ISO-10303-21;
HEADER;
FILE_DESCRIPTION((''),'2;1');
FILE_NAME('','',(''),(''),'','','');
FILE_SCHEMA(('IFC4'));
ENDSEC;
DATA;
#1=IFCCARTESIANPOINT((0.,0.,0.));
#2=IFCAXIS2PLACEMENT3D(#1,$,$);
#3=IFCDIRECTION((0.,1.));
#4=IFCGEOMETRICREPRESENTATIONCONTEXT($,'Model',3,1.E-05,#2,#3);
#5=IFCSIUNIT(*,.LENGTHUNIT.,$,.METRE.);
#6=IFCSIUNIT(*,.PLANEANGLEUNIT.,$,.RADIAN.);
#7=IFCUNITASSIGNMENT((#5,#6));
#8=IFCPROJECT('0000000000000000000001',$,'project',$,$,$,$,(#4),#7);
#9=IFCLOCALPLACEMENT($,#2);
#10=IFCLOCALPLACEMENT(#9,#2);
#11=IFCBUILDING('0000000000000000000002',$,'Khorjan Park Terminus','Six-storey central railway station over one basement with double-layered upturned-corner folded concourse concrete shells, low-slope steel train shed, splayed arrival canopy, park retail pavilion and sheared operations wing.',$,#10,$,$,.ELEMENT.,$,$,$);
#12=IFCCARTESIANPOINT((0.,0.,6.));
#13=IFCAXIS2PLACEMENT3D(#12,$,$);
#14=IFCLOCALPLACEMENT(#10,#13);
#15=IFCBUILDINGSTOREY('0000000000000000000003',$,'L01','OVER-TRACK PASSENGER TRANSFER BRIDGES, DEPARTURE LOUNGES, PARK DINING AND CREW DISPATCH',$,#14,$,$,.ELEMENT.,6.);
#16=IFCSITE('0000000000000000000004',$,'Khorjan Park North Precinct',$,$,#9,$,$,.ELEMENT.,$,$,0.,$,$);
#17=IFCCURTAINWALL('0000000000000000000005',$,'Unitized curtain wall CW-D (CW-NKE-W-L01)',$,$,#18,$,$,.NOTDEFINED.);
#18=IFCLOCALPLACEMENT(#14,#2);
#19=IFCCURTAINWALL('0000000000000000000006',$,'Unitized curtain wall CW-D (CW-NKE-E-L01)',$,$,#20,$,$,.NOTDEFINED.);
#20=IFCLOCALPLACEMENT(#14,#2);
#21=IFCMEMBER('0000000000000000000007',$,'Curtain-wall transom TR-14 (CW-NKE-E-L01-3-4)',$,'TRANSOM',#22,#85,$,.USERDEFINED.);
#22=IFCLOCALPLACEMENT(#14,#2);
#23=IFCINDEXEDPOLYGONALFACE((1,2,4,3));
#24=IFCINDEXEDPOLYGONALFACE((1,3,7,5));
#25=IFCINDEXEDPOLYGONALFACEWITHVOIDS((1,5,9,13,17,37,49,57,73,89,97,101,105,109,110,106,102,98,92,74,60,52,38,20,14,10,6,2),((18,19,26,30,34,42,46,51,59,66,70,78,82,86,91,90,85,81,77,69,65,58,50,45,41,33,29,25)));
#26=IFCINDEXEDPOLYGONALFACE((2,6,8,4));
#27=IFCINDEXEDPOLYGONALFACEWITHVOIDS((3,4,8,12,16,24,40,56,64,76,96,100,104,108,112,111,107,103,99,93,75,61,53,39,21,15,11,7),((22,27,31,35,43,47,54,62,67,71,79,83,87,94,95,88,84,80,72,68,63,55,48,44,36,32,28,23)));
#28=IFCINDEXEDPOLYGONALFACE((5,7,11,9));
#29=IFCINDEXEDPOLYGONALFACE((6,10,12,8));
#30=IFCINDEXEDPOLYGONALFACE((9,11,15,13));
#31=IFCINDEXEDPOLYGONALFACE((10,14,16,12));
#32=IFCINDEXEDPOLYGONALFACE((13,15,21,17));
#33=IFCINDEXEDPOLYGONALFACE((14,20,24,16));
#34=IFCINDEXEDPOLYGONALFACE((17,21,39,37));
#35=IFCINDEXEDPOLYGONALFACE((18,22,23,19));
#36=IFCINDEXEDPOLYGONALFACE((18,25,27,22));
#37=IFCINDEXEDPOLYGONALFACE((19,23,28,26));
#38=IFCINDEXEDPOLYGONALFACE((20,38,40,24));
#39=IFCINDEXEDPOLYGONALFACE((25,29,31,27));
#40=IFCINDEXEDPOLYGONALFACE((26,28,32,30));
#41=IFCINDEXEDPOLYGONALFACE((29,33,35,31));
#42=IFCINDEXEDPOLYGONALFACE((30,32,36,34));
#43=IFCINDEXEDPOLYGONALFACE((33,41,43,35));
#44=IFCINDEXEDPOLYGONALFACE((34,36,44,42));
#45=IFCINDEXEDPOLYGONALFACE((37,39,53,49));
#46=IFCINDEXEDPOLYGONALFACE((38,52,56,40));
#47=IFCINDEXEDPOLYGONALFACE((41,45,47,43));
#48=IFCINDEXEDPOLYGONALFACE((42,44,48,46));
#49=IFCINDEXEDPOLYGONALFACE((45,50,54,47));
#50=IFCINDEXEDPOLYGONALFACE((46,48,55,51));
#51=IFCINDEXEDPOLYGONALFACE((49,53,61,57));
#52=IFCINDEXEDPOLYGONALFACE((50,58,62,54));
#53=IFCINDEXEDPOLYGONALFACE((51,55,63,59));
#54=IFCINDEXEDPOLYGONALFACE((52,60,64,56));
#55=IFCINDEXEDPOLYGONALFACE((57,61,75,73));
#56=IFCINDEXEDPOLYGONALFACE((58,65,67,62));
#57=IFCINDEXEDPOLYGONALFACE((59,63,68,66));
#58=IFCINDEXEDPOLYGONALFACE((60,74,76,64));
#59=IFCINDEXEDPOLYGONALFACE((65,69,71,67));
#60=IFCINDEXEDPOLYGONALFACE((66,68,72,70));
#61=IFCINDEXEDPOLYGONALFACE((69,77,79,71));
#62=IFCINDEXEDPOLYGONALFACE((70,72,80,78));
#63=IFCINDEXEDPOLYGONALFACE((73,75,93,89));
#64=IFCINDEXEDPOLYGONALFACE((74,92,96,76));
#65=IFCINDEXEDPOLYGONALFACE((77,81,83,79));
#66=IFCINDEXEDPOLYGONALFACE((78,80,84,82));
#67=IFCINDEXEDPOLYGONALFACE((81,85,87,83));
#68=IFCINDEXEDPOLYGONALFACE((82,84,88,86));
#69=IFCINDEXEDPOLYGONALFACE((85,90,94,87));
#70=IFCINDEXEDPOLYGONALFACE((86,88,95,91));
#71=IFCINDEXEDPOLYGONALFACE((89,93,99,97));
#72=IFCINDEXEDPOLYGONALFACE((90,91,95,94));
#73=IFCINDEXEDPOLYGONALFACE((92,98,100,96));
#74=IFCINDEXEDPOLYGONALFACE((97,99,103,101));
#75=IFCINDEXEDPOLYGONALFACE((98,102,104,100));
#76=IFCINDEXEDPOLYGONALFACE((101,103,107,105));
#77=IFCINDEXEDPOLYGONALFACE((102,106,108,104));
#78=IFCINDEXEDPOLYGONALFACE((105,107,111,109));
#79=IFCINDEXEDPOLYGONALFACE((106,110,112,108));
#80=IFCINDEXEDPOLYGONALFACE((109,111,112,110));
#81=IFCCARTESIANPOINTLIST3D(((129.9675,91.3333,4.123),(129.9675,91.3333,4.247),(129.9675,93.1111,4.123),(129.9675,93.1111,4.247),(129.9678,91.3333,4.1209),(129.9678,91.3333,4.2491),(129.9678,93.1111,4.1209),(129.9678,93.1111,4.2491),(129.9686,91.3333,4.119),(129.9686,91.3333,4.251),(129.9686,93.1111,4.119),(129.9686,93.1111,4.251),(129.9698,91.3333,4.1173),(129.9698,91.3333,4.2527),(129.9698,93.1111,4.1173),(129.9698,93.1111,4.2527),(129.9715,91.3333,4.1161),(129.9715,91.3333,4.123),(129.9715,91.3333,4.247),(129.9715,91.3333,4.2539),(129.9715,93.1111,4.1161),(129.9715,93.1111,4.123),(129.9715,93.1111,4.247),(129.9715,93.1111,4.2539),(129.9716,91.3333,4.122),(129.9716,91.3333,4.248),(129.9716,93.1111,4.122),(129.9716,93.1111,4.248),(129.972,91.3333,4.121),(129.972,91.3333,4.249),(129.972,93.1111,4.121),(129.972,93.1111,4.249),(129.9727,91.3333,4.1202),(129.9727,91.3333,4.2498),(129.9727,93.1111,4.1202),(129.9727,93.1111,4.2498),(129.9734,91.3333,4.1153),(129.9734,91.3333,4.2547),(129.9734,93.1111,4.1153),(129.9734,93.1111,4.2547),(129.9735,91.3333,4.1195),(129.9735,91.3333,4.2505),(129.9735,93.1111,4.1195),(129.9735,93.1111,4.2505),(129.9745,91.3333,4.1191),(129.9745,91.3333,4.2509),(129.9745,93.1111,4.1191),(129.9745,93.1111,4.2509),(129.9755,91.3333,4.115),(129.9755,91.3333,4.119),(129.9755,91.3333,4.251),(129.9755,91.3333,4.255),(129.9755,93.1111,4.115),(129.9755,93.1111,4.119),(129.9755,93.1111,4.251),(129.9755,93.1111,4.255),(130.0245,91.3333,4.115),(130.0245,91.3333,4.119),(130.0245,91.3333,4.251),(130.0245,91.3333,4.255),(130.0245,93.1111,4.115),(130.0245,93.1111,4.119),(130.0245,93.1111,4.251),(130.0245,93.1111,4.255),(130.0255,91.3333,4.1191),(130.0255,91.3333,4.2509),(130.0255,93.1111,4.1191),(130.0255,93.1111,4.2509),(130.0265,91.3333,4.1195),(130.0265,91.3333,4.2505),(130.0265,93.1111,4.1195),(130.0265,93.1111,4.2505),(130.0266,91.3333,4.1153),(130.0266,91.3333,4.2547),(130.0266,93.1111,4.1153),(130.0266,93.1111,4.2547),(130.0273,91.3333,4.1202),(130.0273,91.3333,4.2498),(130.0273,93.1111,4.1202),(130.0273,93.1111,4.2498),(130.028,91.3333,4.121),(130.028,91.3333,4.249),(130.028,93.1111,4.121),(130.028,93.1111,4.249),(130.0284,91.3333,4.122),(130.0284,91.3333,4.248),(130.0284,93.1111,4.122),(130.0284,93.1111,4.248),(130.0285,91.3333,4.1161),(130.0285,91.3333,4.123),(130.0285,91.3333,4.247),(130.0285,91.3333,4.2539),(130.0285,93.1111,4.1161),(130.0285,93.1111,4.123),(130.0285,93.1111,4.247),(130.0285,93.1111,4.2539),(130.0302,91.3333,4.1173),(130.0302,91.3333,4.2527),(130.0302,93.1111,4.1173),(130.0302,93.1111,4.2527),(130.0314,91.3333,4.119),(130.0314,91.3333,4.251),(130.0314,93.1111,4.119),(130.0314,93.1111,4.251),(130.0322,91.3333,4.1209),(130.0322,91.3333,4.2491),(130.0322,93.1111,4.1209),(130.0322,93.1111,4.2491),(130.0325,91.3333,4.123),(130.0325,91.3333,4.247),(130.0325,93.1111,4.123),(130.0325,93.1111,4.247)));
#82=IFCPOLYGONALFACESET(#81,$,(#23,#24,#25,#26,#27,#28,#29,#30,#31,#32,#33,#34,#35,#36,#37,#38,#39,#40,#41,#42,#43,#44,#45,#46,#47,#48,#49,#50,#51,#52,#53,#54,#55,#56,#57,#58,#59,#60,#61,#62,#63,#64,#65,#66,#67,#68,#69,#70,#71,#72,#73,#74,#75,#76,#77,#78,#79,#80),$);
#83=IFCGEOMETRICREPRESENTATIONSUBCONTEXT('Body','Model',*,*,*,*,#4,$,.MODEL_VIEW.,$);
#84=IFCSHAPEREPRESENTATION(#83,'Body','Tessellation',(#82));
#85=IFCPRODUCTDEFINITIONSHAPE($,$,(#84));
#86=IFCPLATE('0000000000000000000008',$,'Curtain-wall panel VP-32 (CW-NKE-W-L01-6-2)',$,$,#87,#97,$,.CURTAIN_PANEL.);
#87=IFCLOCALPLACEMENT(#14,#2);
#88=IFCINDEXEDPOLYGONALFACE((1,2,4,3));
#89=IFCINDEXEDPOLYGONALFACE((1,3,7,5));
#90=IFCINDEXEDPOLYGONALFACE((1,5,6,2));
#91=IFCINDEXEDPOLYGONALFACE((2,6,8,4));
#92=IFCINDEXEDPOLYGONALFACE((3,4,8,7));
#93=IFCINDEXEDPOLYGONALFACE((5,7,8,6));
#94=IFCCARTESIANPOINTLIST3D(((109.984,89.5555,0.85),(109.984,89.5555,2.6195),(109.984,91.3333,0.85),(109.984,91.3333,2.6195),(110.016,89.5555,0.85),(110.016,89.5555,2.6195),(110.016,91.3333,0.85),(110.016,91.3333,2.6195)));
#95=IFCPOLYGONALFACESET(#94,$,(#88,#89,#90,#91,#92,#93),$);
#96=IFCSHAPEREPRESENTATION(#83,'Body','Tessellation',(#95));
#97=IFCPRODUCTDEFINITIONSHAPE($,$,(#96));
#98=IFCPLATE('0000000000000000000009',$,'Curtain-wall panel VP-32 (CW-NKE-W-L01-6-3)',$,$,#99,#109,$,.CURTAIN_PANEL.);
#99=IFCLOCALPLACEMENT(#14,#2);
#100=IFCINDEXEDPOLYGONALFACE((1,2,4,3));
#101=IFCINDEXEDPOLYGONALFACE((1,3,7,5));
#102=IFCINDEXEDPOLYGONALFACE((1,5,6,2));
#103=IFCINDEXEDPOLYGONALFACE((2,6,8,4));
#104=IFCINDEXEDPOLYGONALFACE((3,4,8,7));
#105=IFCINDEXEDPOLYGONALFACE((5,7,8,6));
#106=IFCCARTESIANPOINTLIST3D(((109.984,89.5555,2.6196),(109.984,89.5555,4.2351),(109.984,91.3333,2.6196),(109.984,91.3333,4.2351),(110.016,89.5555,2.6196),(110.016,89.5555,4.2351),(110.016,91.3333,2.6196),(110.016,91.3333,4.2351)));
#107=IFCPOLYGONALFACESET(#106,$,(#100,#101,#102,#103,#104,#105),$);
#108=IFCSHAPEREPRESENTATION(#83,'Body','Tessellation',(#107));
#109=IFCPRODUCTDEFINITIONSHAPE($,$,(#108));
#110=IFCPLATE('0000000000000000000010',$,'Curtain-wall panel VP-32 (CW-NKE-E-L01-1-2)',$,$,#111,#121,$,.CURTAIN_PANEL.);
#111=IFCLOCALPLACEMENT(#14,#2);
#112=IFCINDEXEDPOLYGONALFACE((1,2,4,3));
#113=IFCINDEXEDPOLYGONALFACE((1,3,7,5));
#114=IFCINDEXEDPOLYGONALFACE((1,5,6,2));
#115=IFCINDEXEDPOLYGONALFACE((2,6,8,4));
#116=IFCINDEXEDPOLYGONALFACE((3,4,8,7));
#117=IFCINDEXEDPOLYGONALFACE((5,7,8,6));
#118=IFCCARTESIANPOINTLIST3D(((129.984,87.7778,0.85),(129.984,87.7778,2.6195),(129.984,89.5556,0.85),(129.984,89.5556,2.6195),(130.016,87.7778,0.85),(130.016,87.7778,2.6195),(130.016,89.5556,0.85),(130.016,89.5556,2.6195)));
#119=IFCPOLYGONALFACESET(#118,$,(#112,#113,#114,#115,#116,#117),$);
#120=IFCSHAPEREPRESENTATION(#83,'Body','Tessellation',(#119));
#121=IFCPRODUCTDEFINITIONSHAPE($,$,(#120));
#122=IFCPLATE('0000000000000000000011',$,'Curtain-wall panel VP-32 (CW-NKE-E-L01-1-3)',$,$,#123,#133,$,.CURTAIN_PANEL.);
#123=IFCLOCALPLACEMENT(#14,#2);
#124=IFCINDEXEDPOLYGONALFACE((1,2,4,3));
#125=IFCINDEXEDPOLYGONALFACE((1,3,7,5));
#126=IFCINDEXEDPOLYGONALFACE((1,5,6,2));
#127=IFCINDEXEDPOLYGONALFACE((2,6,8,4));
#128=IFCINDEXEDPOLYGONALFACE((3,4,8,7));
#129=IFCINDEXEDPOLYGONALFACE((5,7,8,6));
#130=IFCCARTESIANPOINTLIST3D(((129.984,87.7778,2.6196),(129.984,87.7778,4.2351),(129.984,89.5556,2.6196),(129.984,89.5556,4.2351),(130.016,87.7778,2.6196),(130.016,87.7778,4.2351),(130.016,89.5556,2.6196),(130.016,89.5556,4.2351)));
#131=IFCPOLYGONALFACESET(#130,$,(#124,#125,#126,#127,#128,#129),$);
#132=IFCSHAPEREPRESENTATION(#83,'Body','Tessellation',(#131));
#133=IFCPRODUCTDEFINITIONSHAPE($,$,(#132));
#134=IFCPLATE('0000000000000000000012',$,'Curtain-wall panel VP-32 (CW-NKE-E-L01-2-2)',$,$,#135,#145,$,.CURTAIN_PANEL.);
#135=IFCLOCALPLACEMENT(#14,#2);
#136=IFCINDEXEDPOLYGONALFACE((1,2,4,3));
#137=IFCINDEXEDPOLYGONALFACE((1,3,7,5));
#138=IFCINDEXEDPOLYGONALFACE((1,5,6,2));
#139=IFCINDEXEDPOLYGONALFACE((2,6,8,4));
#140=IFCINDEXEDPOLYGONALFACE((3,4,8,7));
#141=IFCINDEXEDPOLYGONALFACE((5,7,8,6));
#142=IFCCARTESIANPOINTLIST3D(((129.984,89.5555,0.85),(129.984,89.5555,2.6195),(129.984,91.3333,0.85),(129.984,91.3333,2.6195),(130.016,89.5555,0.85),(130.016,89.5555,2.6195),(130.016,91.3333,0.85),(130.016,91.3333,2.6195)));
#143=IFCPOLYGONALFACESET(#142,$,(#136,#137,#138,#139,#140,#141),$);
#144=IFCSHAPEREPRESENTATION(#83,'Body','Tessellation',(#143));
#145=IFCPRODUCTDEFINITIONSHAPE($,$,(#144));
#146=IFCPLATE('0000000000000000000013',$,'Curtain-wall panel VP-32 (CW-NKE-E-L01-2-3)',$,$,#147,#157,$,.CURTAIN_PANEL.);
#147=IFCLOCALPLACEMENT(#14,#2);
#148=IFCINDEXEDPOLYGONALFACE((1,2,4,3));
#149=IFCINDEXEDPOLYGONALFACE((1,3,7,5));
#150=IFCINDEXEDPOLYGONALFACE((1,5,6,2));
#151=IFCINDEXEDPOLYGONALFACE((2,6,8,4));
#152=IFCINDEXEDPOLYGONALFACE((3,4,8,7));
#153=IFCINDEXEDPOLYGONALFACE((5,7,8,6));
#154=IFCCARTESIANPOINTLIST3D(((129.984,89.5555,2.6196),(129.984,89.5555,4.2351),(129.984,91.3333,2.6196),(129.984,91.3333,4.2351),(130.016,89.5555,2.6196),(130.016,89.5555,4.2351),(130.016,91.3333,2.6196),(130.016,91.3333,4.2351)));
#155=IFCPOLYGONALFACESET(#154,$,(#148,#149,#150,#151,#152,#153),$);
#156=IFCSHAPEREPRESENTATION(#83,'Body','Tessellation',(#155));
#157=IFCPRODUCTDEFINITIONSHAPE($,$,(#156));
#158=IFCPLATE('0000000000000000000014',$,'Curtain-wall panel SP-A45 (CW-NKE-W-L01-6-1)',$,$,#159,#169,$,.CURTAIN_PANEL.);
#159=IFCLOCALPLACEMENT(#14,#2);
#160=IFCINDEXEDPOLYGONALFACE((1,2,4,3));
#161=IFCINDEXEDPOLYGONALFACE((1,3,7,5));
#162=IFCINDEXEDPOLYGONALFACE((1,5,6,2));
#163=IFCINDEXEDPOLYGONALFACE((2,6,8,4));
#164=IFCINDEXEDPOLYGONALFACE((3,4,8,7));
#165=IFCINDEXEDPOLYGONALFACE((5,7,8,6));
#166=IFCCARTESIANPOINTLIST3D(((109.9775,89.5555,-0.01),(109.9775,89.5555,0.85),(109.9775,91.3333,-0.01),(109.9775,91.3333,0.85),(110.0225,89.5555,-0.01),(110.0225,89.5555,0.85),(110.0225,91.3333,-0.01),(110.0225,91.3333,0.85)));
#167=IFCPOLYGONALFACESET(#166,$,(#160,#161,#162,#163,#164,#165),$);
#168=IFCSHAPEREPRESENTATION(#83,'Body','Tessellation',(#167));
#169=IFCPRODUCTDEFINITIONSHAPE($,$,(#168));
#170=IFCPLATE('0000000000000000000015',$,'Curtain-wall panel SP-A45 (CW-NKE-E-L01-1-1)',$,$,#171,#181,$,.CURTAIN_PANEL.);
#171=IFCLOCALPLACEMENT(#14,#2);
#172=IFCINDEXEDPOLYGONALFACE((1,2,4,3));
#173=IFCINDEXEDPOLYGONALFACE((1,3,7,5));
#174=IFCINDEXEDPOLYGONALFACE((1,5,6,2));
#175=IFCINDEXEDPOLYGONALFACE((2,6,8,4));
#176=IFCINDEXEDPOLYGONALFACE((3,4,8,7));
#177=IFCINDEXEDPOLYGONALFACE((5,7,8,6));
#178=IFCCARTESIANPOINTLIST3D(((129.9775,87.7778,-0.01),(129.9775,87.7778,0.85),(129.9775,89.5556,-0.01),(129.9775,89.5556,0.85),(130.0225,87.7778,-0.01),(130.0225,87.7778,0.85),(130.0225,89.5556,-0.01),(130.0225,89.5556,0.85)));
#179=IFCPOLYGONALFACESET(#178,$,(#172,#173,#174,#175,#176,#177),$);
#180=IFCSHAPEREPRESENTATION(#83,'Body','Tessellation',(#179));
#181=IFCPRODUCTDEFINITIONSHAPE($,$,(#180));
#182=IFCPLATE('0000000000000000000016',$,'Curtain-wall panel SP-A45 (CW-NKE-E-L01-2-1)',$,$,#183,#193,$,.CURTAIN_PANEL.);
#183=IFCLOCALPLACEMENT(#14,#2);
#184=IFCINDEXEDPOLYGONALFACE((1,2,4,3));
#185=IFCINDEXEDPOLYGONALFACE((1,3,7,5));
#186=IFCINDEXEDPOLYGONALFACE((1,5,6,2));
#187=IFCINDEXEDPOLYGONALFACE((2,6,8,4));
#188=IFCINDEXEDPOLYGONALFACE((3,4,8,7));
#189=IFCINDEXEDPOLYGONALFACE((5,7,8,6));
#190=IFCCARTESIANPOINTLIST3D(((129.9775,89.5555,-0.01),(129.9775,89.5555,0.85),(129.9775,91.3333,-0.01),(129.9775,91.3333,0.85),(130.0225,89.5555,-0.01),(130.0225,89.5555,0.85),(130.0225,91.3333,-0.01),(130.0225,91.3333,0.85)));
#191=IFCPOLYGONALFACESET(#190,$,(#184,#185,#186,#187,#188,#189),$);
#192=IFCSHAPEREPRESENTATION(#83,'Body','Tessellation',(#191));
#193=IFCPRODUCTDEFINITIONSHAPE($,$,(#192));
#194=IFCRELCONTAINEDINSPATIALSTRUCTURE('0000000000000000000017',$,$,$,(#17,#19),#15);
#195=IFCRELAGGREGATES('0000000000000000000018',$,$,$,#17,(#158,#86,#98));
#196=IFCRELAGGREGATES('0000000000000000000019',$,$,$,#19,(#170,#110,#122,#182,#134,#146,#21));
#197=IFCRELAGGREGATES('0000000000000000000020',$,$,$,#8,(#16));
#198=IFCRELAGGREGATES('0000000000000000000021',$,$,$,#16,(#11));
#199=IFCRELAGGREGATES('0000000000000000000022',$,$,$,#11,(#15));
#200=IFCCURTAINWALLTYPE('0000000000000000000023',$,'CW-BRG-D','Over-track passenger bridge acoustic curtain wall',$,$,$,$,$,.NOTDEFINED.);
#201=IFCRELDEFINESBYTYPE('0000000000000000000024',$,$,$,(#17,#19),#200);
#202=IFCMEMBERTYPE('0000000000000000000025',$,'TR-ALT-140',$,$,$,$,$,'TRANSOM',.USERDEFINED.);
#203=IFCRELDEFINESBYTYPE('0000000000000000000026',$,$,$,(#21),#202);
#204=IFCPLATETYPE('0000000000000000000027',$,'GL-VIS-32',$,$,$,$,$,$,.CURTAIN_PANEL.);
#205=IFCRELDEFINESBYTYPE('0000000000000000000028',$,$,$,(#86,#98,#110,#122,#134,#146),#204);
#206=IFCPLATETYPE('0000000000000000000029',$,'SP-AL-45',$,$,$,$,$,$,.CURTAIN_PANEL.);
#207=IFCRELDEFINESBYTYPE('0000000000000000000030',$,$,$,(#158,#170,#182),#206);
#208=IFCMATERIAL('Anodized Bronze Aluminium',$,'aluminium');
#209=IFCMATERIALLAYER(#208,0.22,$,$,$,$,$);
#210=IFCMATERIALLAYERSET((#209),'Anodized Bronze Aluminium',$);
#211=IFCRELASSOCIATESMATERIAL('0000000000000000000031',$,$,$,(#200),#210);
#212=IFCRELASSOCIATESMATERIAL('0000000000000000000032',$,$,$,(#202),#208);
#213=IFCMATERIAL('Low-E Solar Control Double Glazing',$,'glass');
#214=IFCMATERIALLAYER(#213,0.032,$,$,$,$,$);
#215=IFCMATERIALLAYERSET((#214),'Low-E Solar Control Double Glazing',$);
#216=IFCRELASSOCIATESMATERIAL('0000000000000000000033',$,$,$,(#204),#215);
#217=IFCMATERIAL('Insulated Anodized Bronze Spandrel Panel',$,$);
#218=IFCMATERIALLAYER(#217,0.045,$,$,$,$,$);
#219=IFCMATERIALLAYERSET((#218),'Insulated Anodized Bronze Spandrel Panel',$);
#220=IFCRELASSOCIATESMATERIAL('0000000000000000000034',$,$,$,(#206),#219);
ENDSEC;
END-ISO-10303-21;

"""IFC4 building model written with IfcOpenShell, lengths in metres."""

from ifc_helpers import new_model, si_unit, direction, frame, origin, origin_2d, place, context, subcontext, project, spatial, rectangle, hollow_rectangle, extrude, material, layer, layer_set, material_profile, profile_set, type_object, element, aggregate, save


model = new_model("IFC4")

# Units and contexts
model_context = context("Model", 3, precision=1e-05, world=origin(), true_north=direction((0.0, 1.0)))
body_context = subcontext(model_context, "Body", "Model", "MODEL_VIEW")
ifc_project = project(units=[si_unit("LENGTHUNIT", "METRE"), si_unit("PLANEANGLEUNIT", "RADIAN")], contexts=[model_context])

# Site, building, storey
site_placement = place(None, origin())
site = spatial("IfcSite", under=ifc_project, at=site_placement, Name="Khorjan Park North Precinct", CompositionType="ELEMENT", RefElevation=0.0)
building_placement = place(site_placement, origin())
building = spatial("IfcBuilding", under=site, at=building_placement, Name="Khorjan Park Terminus", Description="Six-storey central railway station over one basement with double-layered upturned-corner folded concourse concrete shells, low-slope steel train shed, splayed arrival canopy, park retail pavilion and sheared operations wing.", CompositionType="ELEMENT")
storey_placement = place(building_placement, frame((0.0, 0.0, 6.0)))
storey = spatial("IfcBuildingStorey", under=building, at=storey_placement, Name="L01", Description="OVER-TRACK PASSENGER TRANSFER BRIDGES, DEPARTURE LOUNGES, PARK DINING AND CREW DISPATCH", CompositionType="ELEMENT", Elevation=6.0)

# Curtain wall
ifc_material_1 = material(Name="Anodized Bronze Aluminium", Category="aluminium")
ifc_layer_1 = layer(ifc_material_1, 0.22)
ifc_layer_set_1 = layer_set([ifc_layer_1], Name="Anodized Bronze Aluminium")
curtain_wall_type = type_object("IfcCurtainWallType", Name="CW-BRG-D", Description="Over-track passenger bridge acoustic curtain wall", PredefinedType="NOTDEFINED", material=ifc_layer_set_1)
curtain_wall_1_placement = place(storey_placement, origin())
curtain_wall_1 = element("IfcCurtainWall", 1, at=curtain_wall_1_placement, inside=storey, type_object=curtain_wall_type, Name="Unitized curtain wall CW-D (CW-NKE-W-L01)", PredefinedType="NOTDEFINED")

# Curtain wall
curtain_wall_2_placement = place(storey_placement, origin())
curtain_wall_2 = element("IfcCurtainWall", 2, at=curtain_wall_2_placement, inside=storey, type_object=curtain_wall_type, Name="Unitized curtain wall CW-D (CW-NKE-E-L01)", PredefinedType="NOTDEFINED")

# Member
ifc_material_profile_1 = material_profile(ifc_material_1, hollow_rectangle(XDim=0.065, YDim=0.14, WallThickness=0.004, InnerFilletRadius=0.004, OuterFilletRadius=0.008, at=origin_2d()), Name="ALT 65x140x4")
ifc_profile_set_1 = profile_set([ifc_material_profile_1], Name="Anodized Bronze Aluminium")
member_type_1 = type_object("IfcMemberType", Name="TR-ALT-140", ElementType="TRANSOM", PredefinedType="USERDEFINED", material=ifc_profile_set_1)
member_1_placement = place(storey_placement, frame((130.0, 91.3333, 4.185), z_axis=(0.0, 1.0, 0.0), x_axis=(-1.0, 0.0, 0.0)))
member_1 = element("IfcMember", 3, at=member_1_placement, type_object=member_type_1, Name="Curtain-wall transom TR-14 (CW-NKE-E-L01-3-4)", ObjectType="TRANSOM", PredefinedType="USERDEFINED", context=body_context, shape_type="SweptSolid", body=[
    extrude(hollow_rectangle(XDim=0.065, YDim=0.14, WallThickness=0.004, InnerFilletRadius=0.004, OuterFilletRadius=0.008, at=origin_2d()), origin(), (0.0, 0.0, 1.0), 1.7778),
])

# Plates
ifc_material_2 = material(Name="Low-E Solar Control Double Glazing", Category="glass")
ifc_layer_2 = layer(ifc_material_2, 0.032)
ifc_layer_set_2 = layer_set([ifc_layer_2], Name="Low-E Solar Control Double Glazing")
plate_type_1 = type_object("IfcPlateType", Name="GL-VIS-32", PredefinedType="CURTAIN_PANEL", material=ifc_layer_set_2)
plate_1_placement = place(storey_placement, frame((110.0, 90.4444, 0.85), z_axis=(0.0, 0.0, 1.0), x_axis=(0.0, -1.0, 0.0)))
plate_1 = element("IfcPlate", 4, at=plate_1_placement, type_object=plate_type_1, Name="Curtain-wall panel VP-32 (CW-NKE-W-L01-6-2)", PredefinedType="CURTAIN_PANEL", context=body_context, shape_type="SweptSolid", body=[
    extrude(rectangle(XDim=1.7778, YDim=0.032, at=origin_2d()), origin(), (0.0, 0.0, 1.0), 1.7695),
])
plate_2_placement = place(storey_placement, frame((110.0, 90.4444, 2.6196), z_axis=(0.0, 0.0, 1.0), x_axis=(0.0, -1.0, 0.0)))
plate_2 = element("IfcPlate", 5, at=plate_2_placement, type_object=plate_type_1, Name="Curtain-wall panel VP-32 (CW-NKE-W-L01-6-3)", PredefinedType="CURTAIN_PANEL", context=body_context, shape_type="SweptSolid", body=[
    extrude(rectangle(XDim=1.7778, YDim=0.032, at=origin_2d()), origin(), (0.0, 0.0, 1.0), 1.6155),
])
plate_3_placement = place(storey_placement, frame((130.0, 88.6667, 0.85), z_axis=(0.0, 0.0, 1.0), x_axis=(0.0, 1.0, 0.0)))
plate_3 = element("IfcPlate", 6, at=plate_3_placement, type_object=plate_type_1, Name="Curtain-wall panel VP-32 (CW-NKE-E-L01-1-2)", PredefinedType="CURTAIN_PANEL", context=body_context, shape_type="SweptSolid", body=[
    extrude(rectangle(XDim=1.7778, YDim=0.032, at=origin_2d()), origin(), (0.0, 0.0, 1.0), 1.7695),
])
plate_4_placement = place(storey_placement, frame((130.0, 88.6667, 2.6196), z_axis=(0.0, 0.0, 1.0), x_axis=(0.0, 1.0, 0.0)))
plate_4 = element("IfcPlate", 7, at=plate_4_placement, type_object=plate_type_1, Name="Curtain-wall panel VP-32 (CW-NKE-E-L01-1-3)", PredefinedType="CURTAIN_PANEL", context=body_context, shape_type="SweptSolid", body=[
    extrude(rectangle(XDim=1.7778, YDim=0.032, at=origin_2d()), origin(), (0.0, 0.0, 1.0), 1.6155),
])
plate_5_placement = place(storey_placement, frame((130.0, 90.4444, 0.85), z_axis=(0.0, 0.0, 1.0), x_axis=(0.0, 1.0, 0.0)))
plate_5 = element("IfcPlate", 8, at=plate_5_placement, type_object=plate_type_1, Name="Curtain-wall panel VP-32 (CW-NKE-E-L01-2-2)", PredefinedType="CURTAIN_PANEL", context=body_context, shape_type="SweptSolid", body=[
    extrude(rectangle(XDim=1.7778, YDim=0.032, at=origin_2d()), origin(), (0.0, 0.0, 1.0), 1.7695),
])
plate_6_placement = place(storey_placement, frame((130.0, 90.4444, 2.6196), z_axis=(0.0, 0.0, 1.0), x_axis=(0.0, 1.0, 0.0)))
plate_6 = element("IfcPlate", 9, at=plate_6_placement, type_object=plate_type_1, Name="Curtain-wall panel VP-32 (CW-NKE-E-L01-2-3)", PredefinedType="CURTAIN_PANEL", context=body_context, shape_type="SweptSolid", body=[
    extrude(rectangle(XDim=1.7778, YDim=0.032, at=origin_2d()), origin(), (0.0, 0.0, 1.0), 1.6155),
])
ifc_material_3 = material(Name="Insulated Anodized Bronze Spandrel Panel")
ifc_layer_3 = layer(ifc_material_3, 0.045)
ifc_layer_set_3 = layer_set([ifc_layer_3], Name="Insulated Anodized Bronze Spandrel Panel")
plate_type_2 = type_object("IfcPlateType", Name="SP-AL-45", PredefinedType="CURTAIN_PANEL", material=ifc_layer_set_3)
plate_7_placement = place(storey_placement, frame((110.0, 90.4444, -0.01), z_axis=(0.0, 0.0, 1.0), x_axis=(0.0, -1.0, 0.0)))
plate_7 = element("IfcPlate", 10, at=plate_7_placement, type_object=plate_type_2, Name="Curtain-wall panel SP-A45 (CW-NKE-W-L01-6-1)", PredefinedType="CURTAIN_PANEL", context=body_context, shape_type="SweptSolid", body=[
    extrude(rectangle(XDim=1.7778, YDim=0.045, at=origin_2d()), origin(), (0.0, 0.0, 1.0), 0.86),
])
aggregate(curtain_wall_1, [plate_7, plate_1, plate_2])
plate_8_placement = place(storey_placement, frame((130.0, 88.6667, -0.01), z_axis=(0.0, 0.0, 1.0), x_axis=(0.0, 1.0, 0.0)))
plate_8 = element("IfcPlate", 11, at=plate_8_placement, type_object=plate_type_2, Name="Curtain-wall panel SP-A45 (CW-NKE-E-L01-1-1)", PredefinedType="CURTAIN_PANEL", context=body_context, shape_type="SweptSolid", body=[
    extrude(rectangle(XDim=1.7778, YDim=0.045, at=origin_2d()), origin(), (0.0, 0.0, 1.0), 0.86),
])
plate_9_placement = place(storey_placement, frame((130.0, 90.4444, -0.01), z_axis=(0.0, 0.0, 1.0), x_axis=(0.0, 1.0, 0.0)))
plate_9 = element("IfcPlate", 12, at=plate_9_placement, type_object=plate_type_2, Name="Curtain-wall panel SP-A45 (CW-NKE-E-L01-2-1)", PredefinedType="CURTAIN_PANEL", context=body_context, shape_type="SweptSolid", body=[
    extrude(rectangle(XDim=1.7778, YDim=0.045, at=origin_2d()), origin(), (0.0, 0.0, 1.0), 0.86),
])
aggregate(curtain_wall_2, [plate_8, plate_3, plate_4, plate_9, plate_5, plate_6, member_1])

save(model, "model.ifc")
